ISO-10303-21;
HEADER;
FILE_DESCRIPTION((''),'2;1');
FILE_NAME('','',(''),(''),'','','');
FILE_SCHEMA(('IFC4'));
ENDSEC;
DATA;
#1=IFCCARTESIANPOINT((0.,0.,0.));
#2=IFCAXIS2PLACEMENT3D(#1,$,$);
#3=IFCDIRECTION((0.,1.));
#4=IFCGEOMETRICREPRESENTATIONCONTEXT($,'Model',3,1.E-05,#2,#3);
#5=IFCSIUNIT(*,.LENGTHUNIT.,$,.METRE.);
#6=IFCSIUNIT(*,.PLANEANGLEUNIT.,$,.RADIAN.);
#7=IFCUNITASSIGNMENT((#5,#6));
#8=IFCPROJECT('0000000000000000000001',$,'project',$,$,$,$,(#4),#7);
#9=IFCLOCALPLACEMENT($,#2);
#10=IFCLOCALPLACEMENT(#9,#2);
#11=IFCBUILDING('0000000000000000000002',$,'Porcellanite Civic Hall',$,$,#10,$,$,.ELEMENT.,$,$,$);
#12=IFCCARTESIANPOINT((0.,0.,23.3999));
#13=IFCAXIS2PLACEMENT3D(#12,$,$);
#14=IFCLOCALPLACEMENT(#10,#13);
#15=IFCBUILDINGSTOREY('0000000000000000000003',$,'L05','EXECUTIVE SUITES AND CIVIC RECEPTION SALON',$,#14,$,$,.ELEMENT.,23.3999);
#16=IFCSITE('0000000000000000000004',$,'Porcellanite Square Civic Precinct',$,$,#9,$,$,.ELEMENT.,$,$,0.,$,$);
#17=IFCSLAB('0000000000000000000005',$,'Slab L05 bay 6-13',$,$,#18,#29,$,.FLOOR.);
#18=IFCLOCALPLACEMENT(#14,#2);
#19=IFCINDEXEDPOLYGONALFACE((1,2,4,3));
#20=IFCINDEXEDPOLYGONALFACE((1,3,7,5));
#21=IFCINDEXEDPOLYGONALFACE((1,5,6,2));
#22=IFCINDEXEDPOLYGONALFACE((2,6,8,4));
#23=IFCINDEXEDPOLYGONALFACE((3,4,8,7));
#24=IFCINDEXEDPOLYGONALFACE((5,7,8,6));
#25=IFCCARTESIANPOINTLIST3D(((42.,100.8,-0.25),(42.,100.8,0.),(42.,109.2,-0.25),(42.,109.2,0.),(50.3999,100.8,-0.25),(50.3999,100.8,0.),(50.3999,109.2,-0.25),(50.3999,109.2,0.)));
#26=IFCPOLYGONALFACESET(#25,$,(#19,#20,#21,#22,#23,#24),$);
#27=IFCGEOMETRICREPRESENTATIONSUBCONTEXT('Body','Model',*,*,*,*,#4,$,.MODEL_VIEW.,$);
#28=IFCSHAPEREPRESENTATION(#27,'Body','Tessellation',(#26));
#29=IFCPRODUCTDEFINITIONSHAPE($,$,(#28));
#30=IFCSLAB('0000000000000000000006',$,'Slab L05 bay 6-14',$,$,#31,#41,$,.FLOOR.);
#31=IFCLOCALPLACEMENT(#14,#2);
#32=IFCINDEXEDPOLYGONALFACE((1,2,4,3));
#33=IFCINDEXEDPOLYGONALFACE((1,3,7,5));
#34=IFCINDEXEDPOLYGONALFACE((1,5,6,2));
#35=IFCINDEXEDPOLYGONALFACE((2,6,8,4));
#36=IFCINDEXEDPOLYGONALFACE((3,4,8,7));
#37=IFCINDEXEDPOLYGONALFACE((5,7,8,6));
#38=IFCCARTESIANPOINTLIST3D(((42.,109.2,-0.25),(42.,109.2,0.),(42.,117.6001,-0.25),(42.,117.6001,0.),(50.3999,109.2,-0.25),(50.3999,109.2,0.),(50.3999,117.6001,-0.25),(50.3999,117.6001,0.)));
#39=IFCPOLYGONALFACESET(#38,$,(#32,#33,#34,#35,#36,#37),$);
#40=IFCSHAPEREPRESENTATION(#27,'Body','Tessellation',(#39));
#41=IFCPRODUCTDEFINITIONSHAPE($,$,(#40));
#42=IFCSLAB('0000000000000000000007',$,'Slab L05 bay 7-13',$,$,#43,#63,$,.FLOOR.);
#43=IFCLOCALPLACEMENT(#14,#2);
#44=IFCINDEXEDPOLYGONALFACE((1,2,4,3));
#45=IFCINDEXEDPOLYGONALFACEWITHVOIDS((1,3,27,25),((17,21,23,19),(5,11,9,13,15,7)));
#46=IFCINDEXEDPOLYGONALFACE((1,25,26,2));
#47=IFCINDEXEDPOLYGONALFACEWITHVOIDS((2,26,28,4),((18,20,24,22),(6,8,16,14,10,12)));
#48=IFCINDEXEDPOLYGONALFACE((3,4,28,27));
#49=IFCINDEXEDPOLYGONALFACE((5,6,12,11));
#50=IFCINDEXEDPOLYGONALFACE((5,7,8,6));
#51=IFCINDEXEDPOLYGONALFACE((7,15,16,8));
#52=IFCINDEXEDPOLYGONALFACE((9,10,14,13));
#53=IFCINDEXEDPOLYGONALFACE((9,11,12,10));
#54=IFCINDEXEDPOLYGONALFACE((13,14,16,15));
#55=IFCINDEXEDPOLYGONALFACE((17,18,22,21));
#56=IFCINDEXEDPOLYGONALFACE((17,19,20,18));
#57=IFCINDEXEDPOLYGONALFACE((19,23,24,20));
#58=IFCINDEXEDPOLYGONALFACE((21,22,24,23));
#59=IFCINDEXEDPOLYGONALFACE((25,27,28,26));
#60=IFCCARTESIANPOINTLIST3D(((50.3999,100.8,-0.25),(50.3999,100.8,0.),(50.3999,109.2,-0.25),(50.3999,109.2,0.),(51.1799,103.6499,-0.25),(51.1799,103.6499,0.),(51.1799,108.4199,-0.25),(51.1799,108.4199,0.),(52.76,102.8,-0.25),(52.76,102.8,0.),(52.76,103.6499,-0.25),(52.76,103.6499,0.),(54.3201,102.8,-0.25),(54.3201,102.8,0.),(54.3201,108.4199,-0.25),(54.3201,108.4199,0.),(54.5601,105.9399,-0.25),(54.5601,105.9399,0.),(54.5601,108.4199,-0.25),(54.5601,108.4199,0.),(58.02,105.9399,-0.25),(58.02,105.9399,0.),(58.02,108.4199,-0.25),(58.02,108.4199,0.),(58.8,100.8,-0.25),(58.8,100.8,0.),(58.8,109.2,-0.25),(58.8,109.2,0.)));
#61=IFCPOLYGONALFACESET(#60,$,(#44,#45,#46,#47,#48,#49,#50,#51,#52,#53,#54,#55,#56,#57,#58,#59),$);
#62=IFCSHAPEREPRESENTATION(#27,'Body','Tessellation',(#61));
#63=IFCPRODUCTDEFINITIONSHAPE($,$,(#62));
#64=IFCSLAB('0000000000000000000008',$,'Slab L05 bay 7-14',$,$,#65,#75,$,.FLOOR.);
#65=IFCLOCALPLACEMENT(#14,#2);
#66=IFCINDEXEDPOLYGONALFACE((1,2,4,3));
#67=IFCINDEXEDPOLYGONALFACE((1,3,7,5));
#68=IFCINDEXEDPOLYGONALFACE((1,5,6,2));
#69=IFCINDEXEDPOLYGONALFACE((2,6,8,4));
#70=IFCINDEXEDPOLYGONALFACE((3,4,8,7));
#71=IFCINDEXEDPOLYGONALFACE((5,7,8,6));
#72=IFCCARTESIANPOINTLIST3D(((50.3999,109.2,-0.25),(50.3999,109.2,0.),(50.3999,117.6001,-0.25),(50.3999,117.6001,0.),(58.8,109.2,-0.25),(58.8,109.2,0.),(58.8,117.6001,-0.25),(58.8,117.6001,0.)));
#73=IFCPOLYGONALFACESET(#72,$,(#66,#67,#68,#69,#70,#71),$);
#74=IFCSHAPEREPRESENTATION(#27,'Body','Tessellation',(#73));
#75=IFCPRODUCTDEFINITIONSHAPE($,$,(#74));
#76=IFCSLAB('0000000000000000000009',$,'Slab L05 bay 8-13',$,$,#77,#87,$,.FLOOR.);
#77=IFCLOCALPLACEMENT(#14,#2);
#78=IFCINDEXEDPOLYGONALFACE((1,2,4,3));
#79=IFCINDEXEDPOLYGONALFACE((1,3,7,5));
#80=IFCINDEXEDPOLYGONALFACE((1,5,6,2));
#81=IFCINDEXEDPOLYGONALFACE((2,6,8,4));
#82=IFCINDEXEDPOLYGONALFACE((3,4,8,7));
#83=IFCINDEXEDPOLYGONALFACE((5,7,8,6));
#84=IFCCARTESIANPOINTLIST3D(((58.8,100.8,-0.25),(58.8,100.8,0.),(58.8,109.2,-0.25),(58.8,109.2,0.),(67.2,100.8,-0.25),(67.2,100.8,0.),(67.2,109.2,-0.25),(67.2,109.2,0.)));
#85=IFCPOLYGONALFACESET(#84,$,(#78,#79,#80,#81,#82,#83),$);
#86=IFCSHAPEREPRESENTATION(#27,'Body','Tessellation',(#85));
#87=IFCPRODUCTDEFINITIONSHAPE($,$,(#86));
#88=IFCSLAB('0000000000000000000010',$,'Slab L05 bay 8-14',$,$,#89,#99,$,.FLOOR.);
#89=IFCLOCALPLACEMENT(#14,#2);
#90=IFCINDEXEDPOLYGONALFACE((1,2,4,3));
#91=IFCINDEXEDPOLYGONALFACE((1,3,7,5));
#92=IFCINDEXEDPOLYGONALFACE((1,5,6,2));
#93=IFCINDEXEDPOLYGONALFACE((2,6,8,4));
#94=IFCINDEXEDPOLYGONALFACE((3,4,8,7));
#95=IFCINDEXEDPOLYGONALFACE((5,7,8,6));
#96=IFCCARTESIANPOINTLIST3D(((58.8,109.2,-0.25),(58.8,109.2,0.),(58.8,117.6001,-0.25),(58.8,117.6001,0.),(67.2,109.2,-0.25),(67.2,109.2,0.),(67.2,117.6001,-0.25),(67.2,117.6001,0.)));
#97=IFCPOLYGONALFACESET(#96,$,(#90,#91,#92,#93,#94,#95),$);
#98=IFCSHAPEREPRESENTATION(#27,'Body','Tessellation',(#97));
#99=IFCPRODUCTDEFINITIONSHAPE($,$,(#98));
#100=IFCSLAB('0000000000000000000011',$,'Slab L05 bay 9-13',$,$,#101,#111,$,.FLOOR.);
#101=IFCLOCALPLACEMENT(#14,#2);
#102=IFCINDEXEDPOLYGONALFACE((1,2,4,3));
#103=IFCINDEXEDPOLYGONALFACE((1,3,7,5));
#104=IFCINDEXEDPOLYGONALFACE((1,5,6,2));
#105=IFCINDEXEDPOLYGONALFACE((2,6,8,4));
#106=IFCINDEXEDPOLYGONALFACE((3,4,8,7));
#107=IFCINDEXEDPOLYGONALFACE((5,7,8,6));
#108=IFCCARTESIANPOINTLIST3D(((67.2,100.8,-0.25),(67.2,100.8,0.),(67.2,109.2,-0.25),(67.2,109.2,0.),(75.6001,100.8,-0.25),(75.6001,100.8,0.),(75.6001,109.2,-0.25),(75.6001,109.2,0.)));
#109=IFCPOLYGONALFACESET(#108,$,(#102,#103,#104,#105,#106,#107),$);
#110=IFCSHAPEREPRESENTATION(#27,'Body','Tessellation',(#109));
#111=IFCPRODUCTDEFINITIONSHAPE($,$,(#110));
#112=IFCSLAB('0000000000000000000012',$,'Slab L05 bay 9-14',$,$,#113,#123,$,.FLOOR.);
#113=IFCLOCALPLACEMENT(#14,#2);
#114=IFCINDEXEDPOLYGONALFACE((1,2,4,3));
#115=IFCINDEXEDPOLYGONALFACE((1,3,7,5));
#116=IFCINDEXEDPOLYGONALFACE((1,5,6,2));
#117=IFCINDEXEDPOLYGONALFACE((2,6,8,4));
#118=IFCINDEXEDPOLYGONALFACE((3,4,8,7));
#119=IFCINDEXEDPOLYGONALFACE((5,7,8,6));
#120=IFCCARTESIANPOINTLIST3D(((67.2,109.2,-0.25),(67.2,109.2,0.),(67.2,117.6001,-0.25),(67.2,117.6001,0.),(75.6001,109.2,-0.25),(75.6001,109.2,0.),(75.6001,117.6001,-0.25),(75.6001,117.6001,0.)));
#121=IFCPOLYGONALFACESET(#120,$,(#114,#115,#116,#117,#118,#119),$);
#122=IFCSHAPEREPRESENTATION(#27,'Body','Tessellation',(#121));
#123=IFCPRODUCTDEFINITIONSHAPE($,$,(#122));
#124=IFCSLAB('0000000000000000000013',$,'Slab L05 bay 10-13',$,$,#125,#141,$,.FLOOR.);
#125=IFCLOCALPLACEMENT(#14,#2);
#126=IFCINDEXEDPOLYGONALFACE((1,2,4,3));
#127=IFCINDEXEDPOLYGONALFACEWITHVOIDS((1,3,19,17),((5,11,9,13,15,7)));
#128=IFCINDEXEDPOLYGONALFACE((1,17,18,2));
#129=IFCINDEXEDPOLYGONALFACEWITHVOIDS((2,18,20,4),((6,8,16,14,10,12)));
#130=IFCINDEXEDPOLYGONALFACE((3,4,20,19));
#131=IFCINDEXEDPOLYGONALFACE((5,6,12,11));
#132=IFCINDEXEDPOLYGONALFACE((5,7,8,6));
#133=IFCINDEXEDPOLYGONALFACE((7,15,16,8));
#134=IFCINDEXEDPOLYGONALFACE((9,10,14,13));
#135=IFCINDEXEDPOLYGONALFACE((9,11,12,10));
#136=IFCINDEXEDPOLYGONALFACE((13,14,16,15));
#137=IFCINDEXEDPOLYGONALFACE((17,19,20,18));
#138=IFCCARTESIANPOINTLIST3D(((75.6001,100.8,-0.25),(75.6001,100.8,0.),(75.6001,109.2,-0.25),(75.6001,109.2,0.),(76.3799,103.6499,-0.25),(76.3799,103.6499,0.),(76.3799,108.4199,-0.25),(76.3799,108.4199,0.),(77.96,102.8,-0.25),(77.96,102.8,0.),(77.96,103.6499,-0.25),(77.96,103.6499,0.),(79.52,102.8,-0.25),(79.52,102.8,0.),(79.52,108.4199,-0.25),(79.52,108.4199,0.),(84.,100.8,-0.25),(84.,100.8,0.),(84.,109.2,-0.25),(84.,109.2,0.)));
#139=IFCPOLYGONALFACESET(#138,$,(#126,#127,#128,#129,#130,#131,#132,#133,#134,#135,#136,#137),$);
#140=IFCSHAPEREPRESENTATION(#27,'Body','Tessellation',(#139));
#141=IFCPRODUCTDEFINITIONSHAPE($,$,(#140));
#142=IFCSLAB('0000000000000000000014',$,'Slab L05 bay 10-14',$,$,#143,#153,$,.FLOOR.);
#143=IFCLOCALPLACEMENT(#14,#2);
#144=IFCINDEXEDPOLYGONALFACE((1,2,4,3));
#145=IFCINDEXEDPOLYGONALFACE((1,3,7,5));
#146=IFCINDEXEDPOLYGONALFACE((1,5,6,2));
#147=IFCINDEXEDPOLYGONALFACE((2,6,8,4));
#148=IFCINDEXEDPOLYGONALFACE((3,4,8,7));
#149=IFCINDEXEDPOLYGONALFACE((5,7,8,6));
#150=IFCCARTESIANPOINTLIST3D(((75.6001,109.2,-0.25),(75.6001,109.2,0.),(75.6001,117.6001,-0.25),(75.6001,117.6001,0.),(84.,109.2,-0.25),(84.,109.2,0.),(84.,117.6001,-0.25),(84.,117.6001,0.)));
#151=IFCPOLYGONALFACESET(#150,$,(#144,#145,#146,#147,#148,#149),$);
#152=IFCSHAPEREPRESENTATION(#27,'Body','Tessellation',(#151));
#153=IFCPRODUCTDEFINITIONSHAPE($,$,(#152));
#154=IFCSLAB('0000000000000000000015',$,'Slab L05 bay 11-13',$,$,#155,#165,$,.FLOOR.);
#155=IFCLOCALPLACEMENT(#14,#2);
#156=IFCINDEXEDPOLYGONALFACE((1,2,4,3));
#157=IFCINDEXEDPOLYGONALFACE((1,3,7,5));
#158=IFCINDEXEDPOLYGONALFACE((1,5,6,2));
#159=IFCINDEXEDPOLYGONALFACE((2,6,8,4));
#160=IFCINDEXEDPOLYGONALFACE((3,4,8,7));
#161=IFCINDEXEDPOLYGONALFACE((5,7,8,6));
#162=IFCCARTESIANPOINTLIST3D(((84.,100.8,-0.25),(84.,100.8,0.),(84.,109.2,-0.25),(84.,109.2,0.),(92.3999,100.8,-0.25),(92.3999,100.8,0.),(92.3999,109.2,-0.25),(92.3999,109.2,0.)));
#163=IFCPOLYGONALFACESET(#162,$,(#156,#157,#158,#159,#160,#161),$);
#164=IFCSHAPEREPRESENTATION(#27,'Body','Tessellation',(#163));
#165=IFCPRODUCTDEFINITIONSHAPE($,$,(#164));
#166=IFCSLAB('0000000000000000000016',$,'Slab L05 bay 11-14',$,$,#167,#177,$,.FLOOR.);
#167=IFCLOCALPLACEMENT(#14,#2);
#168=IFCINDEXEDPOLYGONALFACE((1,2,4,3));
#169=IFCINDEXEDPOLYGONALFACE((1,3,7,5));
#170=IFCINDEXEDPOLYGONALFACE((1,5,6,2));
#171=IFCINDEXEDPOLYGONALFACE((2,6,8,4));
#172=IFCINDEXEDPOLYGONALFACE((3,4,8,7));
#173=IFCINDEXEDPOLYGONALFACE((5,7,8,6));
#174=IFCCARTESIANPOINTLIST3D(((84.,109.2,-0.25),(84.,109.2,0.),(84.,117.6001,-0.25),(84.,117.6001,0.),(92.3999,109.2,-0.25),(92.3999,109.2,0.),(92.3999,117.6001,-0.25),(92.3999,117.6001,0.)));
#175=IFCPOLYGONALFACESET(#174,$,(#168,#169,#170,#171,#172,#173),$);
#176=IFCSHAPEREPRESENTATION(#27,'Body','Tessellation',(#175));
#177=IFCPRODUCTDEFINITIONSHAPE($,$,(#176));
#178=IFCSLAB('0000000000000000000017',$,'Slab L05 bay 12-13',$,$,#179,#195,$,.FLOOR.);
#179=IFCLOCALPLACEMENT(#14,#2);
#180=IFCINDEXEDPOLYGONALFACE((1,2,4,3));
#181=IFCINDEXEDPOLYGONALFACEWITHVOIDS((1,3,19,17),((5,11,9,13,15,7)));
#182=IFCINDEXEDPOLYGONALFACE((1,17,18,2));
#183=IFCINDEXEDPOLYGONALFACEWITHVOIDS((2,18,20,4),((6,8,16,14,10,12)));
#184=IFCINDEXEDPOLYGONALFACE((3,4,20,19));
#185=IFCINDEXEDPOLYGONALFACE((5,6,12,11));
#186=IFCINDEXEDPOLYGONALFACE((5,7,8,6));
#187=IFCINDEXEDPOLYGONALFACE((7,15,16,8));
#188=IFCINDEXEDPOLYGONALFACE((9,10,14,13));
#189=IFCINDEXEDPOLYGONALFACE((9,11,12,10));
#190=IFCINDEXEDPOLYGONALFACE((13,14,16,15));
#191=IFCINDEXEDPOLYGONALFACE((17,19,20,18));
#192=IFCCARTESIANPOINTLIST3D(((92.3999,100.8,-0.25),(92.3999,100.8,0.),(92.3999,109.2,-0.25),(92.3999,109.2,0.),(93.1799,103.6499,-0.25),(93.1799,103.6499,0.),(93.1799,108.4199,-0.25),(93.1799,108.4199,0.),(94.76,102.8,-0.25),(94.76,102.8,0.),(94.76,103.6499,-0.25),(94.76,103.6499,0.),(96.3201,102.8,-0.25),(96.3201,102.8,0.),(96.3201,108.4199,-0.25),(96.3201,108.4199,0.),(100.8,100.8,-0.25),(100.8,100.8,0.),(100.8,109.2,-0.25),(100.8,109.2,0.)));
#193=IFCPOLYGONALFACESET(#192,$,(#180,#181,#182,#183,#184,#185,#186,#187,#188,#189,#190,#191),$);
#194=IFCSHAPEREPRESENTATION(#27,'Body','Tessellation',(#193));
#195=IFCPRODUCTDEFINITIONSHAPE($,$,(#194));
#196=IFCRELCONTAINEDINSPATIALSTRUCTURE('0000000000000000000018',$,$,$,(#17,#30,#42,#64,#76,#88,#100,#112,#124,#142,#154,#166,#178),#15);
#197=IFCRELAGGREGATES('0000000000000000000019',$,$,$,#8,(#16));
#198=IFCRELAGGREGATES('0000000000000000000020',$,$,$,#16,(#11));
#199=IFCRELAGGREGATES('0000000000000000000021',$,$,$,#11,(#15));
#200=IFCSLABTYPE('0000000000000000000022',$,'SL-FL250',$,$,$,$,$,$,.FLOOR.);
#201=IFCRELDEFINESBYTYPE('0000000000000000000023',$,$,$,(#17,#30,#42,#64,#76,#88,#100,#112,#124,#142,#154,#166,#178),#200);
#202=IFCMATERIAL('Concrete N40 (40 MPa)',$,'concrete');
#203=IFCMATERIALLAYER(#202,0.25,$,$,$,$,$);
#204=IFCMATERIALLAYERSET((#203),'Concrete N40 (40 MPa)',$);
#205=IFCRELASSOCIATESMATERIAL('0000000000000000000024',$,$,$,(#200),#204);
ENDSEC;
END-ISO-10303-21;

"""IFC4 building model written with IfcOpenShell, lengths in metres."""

from ifc_helpers import new_model, si_unit, direction, frame, origin, place, context, subcontext, project, spatial, polyline, outline, extrude, material, layer, layer_set, type_object, element, save


model = new_model("IFC4")

# Units and contexts
model_context = context("Model", 3, precision=1e-05, world=origin(), true_north=direction((0.0, 1.0)))
body_context = subcontext(model_context, "Body", "Model", "MODEL_VIEW")
ifc_project = project(units=[si_unit("LENGTHUNIT", "METRE"), si_unit("PLANEANGLEUNIT", "RADIAN")], contexts=[model_context])

# Site, building, storey
site_placement = place(None, origin())
site = spatial("IfcSite", under=ifc_project, at=site_placement, Name="Porcellanite Square Civic Precinct", CompositionType="ELEMENT", RefElevation=0.0)
building_placement = place(site_placement, origin())
building = spatial("IfcBuilding", under=site, at=building_placement, Name="Porcellanite Civic Hall", CompositionType="ELEMENT")
storey_placement = place(building_placement, frame((0.0, 0.0, 23.3999)))
storey = spatial("IfcBuildingStorey", under=building, at=storey_placement, Name="L05", Description="EXECUTIVE SUITES AND CIVIC RECEPTION SALON", CompositionType="ELEMENT", Elevation=23.3999)

# Slabs
ifc_material_1 = material(Name="Concrete N40 (40 MPa)", Category="concrete")
ifc_layer_1 = layer(ifc_material_1, 0.25)
ifc_layer_set_1 = layer_set([ifc_layer_1], Name="Concrete N40 (40 MPa)")
slab_type_1 = type_object("IfcSlabType", Name="SL-FL250", PredefinedType="FLOOR", material=ifc_layer_set_1)
slab_1_placement = place(storey_placement, frame((0.0, 0.0, -0.25)))
element("IfcSlab", 1, at=slab_1_placement, inside=storey, type_object=slab_type_1, Name="Slab L05 bay 6-13", PredefinedType="FLOOR", context=body_context, shape_type="SweptSolid", body=[
    extrude(outline(polyline([(42.0, 100.8), (50.3999, 100.8), (50.3999, 109.2), (42.0, 109.2), (42.0, 100.8)])), origin(), (0.0, 0.0, 1.0), 0.25),
])
slab_2_placement = place(storey_placement, frame((0.0, 0.0, -0.25)))
element("IfcSlab", 2, at=slab_2_placement, inside=storey, type_object=slab_type_1, Name="Slab L05 bay 6-14", PredefinedType="FLOOR", context=body_context, shape_type="SweptSolid", body=[
    extrude(outline(polyline([(42.0, 109.2), (50.3999, 109.2), (50.3999, 117.6001), (42.0, 117.6001), (42.0, 109.2)])), origin(), (0.0, 0.0, 1.0), 0.25),
])
slab_3_placement = place(storey_placement, frame((0.0, 0.0, -0.25)))
element("IfcSlab", 3, at=slab_3_placement, inside=storey, type_object=slab_type_1, Name="Slab L05 bay 7-13", PredefinedType="FLOOR", context=body_context, shape_type="SweptSolid", body=[
    extrude(outline(polyline([(50.3999, 100.8), (58.8, 100.8), (58.8, 109.2), (50.3999, 109.2), (50.3999, 100.8)]), holes=[polyline([(51.1799, 103.6499), (52.76, 103.6499), (52.76, 102.8), (54.3201, 102.8), (54.3201, 108.4199), (51.1799, 108.4199), (51.1799, 103.6499)]), polyline([(54.5601, 105.9399), (58.02, 105.9399), (58.02, 108.4199), (54.5601, 108.4199), (54.5601, 105.9399)])]), origin(), (0.0, 0.0, 1.0), 0.25),
])
slab_4_placement = place(storey_placement, frame((0.0, 0.0, -0.25)))
element("IfcSlab", 4, at=slab_4_placement, inside=storey, type_object=slab_type_1, Name="Slab L05 bay 7-14", PredefinedType="FLOOR", context=body_context, shape_type="SweptSolid", body=[
    extrude(outline(polyline([(50.3999, 109.2), (58.8, 109.2), (58.8, 117.6001), (50.3999, 117.6001), (50.3999, 109.2)])), origin(), (0.0, 0.0, 1.0), 0.25),
])
slab_5_placement = place(storey_placement, frame((0.0, 0.0, -0.25)))
element("IfcSlab", 5, at=slab_5_placement, inside=storey, type_object=slab_type_1, Name="Slab L05 bay 8-13", PredefinedType="FLOOR", context=body_context, shape_type="SweptSolid", body=[
    extrude(outline(polyline([(58.8, 100.8), (67.2, 100.8), (67.2, 109.2), (58.8, 109.2), (58.8, 100.8)])), origin(), (0.0, 0.0, 1.0), 0.25),
])
slab_6_placement = place(storey_placement, frame((0.0, 0.0, -0.25)))
element("IfcSlab", 6, at=slab_6_placement, inside=storey, type_object=slab_type_1, Name="Slab L05 bay 8-14", PredefinedType="FLOOR", context=body_context, shape_type="SweptSolid", body=[
    extrude(outline(polyline([(58.8, 109.2), (67.2, 109.2), (67.2, 117.6001), (58.8, 117.6001), (58.8, 109.2)])), origin(), (0.0, 0.0, 1.0), 0.25),
])
slab_7_placement = place(storey_placement, frame((0.0, 0.0, -0.25)))
element("IfcSlab", 7, at=slab_7_placement, inside=storey, type_object=slab_type_1, Name="Slab L05 bay 9-13", PredefinedType="FLOOR", context=body_context, shape_type="SweptSolid", body=[
    extrude(outline(polyline([(67.2, 100.8), (75.6001, 100.8), (75.6001, 109.2), (67.2, 109.2), (67.2, 100.8)])), origin(), (0.0, 0.0, 1.0), 0.25),
])
slab_8_placement = place(storey_placement, frame((0.0, 0.0, -0.25)))
element("IfcSlab", 8, at=slab_8_placement, inside=storey, type_object=slab_type_1, Name="Slab L05 bay 9-14", PredefinedType="FLOOR", context=body_context, shape_type="SweptSolid", body=[
    extrude(outline(polyline([(67.2, 109.2), (75.6001, 109.2), (75.6001, 117.6001), (67.2, 117.6001), (67.2, 109.2)])), origin(), (0.0, 0.0, 1.0), 0.25),
])
slab_9_placement = place(storey_placement, frame((0.0, 0.0, -0.25)))
element("IfcSlab", 9, at=slab_9_placement, inside=storey, type_object=slab_type_1, Name="Slab L05 bay 10-13", PredefinedType="FLOOR", context=body_context, shape_type="SweptSolid", body=[
    extrude(outline(polyline([(75.6001, 100.8), (84.0, 100.8), (84.0, 109.2), (75.6001, 109.2), (75.6001, 100.8)]), holes=[polyline([(76.3799, 103.6499), (77.96, 103.6499), (77.96, 102.8), (79.52, 102.8), (79.52, 108.4199), (76.3799, 108.4199), (76.3799, 103.6499)])]), origin(), (0.0, 0.0, 1.0), 0.25),
])
slab_10_placement = place(storey_placement, frame((0.0, 0.0, -0.25)))
element("IfcSlab", 10, at=slab_10_placement, inside=storey, type_object=slab_type_1, Name="Slab L05 bay 10-14", PredefinedType="FLOOR", context=body_context, shape_type="SweptSolid", body=[
    extrude(outline(polyline([(75.6001, 109.2), (84.0, 109.2), (84.0, 117.6001), (75.6001, 117.6001), (75.6001, 109.2)])), origin(), (0.0, 0.0, 1.0), 0.25),
])
slab_11_placement = place(storey_placement, frame((0.0, 0.0, -0.25)))
element("IfcSlab", 11, at=slab_11_placement, inside=storey, type_object=slab_type_1, Name="Slab L05 bay 11-13", PredefinedType="FLOOR", context=body_context, shape_type="SweptSolid", body=[
    extrude(outline(polyline([(84.0, 100.8), (92.3999, 100.8), (92.3999, 109.2), (84.0, 109.2), (84.0, 100.8)])), origin(), (0.0, 0.0, 1.0), 0.25),
])
slab_12_placement = place(storey_placement, frame((0.0, 0.0, -0.25)))
element("IfcSlab", 12, at=slab_12_placement, inside=storey, type_object=slab_type_1, Name="Slab L05 bay 11-14", PredefinedType="FLOOR", context=body_context, shape_type="SweptSolid", body=[
    extrude(outline(polyline([(84.0, 109.2), (92.3999, 109.2), (92.3999, 117.6001), (84.0, 117.6001), (84.0, 109.2)])), origin(), (0.0, 0.0, 1.0), 0.25),
])
slab_13_placement = place(storey_placement, frame((0.0, 0.0, -0.25)))
element("IfcSlab", 13, at=slab_13_placement, inside=storey, type_object=slab_type_1, Name="Slab L05 bay 12-13", PredefinedType="FLOOR", context=body_context, shape_type="SweptSolid", body=[
    extrude(outline(polyline([(92.3999, 100.8), (100.8, 100.8), (100.8, 109.2), (92.3999, 109.2), (92.3999, 100.8)]), holes=[polyline([(93.1799, 103.6499), (94.76, 103.6499), (94.76, 102.8), (96.3201, 102.8), (96.3201, 108.4199), (93.1799, 108.4199), (93.1799, 103.6499)])]), origin(), (0.0, 0.0, 1.0), 0.25),
])

save(model, "model.ifc")
